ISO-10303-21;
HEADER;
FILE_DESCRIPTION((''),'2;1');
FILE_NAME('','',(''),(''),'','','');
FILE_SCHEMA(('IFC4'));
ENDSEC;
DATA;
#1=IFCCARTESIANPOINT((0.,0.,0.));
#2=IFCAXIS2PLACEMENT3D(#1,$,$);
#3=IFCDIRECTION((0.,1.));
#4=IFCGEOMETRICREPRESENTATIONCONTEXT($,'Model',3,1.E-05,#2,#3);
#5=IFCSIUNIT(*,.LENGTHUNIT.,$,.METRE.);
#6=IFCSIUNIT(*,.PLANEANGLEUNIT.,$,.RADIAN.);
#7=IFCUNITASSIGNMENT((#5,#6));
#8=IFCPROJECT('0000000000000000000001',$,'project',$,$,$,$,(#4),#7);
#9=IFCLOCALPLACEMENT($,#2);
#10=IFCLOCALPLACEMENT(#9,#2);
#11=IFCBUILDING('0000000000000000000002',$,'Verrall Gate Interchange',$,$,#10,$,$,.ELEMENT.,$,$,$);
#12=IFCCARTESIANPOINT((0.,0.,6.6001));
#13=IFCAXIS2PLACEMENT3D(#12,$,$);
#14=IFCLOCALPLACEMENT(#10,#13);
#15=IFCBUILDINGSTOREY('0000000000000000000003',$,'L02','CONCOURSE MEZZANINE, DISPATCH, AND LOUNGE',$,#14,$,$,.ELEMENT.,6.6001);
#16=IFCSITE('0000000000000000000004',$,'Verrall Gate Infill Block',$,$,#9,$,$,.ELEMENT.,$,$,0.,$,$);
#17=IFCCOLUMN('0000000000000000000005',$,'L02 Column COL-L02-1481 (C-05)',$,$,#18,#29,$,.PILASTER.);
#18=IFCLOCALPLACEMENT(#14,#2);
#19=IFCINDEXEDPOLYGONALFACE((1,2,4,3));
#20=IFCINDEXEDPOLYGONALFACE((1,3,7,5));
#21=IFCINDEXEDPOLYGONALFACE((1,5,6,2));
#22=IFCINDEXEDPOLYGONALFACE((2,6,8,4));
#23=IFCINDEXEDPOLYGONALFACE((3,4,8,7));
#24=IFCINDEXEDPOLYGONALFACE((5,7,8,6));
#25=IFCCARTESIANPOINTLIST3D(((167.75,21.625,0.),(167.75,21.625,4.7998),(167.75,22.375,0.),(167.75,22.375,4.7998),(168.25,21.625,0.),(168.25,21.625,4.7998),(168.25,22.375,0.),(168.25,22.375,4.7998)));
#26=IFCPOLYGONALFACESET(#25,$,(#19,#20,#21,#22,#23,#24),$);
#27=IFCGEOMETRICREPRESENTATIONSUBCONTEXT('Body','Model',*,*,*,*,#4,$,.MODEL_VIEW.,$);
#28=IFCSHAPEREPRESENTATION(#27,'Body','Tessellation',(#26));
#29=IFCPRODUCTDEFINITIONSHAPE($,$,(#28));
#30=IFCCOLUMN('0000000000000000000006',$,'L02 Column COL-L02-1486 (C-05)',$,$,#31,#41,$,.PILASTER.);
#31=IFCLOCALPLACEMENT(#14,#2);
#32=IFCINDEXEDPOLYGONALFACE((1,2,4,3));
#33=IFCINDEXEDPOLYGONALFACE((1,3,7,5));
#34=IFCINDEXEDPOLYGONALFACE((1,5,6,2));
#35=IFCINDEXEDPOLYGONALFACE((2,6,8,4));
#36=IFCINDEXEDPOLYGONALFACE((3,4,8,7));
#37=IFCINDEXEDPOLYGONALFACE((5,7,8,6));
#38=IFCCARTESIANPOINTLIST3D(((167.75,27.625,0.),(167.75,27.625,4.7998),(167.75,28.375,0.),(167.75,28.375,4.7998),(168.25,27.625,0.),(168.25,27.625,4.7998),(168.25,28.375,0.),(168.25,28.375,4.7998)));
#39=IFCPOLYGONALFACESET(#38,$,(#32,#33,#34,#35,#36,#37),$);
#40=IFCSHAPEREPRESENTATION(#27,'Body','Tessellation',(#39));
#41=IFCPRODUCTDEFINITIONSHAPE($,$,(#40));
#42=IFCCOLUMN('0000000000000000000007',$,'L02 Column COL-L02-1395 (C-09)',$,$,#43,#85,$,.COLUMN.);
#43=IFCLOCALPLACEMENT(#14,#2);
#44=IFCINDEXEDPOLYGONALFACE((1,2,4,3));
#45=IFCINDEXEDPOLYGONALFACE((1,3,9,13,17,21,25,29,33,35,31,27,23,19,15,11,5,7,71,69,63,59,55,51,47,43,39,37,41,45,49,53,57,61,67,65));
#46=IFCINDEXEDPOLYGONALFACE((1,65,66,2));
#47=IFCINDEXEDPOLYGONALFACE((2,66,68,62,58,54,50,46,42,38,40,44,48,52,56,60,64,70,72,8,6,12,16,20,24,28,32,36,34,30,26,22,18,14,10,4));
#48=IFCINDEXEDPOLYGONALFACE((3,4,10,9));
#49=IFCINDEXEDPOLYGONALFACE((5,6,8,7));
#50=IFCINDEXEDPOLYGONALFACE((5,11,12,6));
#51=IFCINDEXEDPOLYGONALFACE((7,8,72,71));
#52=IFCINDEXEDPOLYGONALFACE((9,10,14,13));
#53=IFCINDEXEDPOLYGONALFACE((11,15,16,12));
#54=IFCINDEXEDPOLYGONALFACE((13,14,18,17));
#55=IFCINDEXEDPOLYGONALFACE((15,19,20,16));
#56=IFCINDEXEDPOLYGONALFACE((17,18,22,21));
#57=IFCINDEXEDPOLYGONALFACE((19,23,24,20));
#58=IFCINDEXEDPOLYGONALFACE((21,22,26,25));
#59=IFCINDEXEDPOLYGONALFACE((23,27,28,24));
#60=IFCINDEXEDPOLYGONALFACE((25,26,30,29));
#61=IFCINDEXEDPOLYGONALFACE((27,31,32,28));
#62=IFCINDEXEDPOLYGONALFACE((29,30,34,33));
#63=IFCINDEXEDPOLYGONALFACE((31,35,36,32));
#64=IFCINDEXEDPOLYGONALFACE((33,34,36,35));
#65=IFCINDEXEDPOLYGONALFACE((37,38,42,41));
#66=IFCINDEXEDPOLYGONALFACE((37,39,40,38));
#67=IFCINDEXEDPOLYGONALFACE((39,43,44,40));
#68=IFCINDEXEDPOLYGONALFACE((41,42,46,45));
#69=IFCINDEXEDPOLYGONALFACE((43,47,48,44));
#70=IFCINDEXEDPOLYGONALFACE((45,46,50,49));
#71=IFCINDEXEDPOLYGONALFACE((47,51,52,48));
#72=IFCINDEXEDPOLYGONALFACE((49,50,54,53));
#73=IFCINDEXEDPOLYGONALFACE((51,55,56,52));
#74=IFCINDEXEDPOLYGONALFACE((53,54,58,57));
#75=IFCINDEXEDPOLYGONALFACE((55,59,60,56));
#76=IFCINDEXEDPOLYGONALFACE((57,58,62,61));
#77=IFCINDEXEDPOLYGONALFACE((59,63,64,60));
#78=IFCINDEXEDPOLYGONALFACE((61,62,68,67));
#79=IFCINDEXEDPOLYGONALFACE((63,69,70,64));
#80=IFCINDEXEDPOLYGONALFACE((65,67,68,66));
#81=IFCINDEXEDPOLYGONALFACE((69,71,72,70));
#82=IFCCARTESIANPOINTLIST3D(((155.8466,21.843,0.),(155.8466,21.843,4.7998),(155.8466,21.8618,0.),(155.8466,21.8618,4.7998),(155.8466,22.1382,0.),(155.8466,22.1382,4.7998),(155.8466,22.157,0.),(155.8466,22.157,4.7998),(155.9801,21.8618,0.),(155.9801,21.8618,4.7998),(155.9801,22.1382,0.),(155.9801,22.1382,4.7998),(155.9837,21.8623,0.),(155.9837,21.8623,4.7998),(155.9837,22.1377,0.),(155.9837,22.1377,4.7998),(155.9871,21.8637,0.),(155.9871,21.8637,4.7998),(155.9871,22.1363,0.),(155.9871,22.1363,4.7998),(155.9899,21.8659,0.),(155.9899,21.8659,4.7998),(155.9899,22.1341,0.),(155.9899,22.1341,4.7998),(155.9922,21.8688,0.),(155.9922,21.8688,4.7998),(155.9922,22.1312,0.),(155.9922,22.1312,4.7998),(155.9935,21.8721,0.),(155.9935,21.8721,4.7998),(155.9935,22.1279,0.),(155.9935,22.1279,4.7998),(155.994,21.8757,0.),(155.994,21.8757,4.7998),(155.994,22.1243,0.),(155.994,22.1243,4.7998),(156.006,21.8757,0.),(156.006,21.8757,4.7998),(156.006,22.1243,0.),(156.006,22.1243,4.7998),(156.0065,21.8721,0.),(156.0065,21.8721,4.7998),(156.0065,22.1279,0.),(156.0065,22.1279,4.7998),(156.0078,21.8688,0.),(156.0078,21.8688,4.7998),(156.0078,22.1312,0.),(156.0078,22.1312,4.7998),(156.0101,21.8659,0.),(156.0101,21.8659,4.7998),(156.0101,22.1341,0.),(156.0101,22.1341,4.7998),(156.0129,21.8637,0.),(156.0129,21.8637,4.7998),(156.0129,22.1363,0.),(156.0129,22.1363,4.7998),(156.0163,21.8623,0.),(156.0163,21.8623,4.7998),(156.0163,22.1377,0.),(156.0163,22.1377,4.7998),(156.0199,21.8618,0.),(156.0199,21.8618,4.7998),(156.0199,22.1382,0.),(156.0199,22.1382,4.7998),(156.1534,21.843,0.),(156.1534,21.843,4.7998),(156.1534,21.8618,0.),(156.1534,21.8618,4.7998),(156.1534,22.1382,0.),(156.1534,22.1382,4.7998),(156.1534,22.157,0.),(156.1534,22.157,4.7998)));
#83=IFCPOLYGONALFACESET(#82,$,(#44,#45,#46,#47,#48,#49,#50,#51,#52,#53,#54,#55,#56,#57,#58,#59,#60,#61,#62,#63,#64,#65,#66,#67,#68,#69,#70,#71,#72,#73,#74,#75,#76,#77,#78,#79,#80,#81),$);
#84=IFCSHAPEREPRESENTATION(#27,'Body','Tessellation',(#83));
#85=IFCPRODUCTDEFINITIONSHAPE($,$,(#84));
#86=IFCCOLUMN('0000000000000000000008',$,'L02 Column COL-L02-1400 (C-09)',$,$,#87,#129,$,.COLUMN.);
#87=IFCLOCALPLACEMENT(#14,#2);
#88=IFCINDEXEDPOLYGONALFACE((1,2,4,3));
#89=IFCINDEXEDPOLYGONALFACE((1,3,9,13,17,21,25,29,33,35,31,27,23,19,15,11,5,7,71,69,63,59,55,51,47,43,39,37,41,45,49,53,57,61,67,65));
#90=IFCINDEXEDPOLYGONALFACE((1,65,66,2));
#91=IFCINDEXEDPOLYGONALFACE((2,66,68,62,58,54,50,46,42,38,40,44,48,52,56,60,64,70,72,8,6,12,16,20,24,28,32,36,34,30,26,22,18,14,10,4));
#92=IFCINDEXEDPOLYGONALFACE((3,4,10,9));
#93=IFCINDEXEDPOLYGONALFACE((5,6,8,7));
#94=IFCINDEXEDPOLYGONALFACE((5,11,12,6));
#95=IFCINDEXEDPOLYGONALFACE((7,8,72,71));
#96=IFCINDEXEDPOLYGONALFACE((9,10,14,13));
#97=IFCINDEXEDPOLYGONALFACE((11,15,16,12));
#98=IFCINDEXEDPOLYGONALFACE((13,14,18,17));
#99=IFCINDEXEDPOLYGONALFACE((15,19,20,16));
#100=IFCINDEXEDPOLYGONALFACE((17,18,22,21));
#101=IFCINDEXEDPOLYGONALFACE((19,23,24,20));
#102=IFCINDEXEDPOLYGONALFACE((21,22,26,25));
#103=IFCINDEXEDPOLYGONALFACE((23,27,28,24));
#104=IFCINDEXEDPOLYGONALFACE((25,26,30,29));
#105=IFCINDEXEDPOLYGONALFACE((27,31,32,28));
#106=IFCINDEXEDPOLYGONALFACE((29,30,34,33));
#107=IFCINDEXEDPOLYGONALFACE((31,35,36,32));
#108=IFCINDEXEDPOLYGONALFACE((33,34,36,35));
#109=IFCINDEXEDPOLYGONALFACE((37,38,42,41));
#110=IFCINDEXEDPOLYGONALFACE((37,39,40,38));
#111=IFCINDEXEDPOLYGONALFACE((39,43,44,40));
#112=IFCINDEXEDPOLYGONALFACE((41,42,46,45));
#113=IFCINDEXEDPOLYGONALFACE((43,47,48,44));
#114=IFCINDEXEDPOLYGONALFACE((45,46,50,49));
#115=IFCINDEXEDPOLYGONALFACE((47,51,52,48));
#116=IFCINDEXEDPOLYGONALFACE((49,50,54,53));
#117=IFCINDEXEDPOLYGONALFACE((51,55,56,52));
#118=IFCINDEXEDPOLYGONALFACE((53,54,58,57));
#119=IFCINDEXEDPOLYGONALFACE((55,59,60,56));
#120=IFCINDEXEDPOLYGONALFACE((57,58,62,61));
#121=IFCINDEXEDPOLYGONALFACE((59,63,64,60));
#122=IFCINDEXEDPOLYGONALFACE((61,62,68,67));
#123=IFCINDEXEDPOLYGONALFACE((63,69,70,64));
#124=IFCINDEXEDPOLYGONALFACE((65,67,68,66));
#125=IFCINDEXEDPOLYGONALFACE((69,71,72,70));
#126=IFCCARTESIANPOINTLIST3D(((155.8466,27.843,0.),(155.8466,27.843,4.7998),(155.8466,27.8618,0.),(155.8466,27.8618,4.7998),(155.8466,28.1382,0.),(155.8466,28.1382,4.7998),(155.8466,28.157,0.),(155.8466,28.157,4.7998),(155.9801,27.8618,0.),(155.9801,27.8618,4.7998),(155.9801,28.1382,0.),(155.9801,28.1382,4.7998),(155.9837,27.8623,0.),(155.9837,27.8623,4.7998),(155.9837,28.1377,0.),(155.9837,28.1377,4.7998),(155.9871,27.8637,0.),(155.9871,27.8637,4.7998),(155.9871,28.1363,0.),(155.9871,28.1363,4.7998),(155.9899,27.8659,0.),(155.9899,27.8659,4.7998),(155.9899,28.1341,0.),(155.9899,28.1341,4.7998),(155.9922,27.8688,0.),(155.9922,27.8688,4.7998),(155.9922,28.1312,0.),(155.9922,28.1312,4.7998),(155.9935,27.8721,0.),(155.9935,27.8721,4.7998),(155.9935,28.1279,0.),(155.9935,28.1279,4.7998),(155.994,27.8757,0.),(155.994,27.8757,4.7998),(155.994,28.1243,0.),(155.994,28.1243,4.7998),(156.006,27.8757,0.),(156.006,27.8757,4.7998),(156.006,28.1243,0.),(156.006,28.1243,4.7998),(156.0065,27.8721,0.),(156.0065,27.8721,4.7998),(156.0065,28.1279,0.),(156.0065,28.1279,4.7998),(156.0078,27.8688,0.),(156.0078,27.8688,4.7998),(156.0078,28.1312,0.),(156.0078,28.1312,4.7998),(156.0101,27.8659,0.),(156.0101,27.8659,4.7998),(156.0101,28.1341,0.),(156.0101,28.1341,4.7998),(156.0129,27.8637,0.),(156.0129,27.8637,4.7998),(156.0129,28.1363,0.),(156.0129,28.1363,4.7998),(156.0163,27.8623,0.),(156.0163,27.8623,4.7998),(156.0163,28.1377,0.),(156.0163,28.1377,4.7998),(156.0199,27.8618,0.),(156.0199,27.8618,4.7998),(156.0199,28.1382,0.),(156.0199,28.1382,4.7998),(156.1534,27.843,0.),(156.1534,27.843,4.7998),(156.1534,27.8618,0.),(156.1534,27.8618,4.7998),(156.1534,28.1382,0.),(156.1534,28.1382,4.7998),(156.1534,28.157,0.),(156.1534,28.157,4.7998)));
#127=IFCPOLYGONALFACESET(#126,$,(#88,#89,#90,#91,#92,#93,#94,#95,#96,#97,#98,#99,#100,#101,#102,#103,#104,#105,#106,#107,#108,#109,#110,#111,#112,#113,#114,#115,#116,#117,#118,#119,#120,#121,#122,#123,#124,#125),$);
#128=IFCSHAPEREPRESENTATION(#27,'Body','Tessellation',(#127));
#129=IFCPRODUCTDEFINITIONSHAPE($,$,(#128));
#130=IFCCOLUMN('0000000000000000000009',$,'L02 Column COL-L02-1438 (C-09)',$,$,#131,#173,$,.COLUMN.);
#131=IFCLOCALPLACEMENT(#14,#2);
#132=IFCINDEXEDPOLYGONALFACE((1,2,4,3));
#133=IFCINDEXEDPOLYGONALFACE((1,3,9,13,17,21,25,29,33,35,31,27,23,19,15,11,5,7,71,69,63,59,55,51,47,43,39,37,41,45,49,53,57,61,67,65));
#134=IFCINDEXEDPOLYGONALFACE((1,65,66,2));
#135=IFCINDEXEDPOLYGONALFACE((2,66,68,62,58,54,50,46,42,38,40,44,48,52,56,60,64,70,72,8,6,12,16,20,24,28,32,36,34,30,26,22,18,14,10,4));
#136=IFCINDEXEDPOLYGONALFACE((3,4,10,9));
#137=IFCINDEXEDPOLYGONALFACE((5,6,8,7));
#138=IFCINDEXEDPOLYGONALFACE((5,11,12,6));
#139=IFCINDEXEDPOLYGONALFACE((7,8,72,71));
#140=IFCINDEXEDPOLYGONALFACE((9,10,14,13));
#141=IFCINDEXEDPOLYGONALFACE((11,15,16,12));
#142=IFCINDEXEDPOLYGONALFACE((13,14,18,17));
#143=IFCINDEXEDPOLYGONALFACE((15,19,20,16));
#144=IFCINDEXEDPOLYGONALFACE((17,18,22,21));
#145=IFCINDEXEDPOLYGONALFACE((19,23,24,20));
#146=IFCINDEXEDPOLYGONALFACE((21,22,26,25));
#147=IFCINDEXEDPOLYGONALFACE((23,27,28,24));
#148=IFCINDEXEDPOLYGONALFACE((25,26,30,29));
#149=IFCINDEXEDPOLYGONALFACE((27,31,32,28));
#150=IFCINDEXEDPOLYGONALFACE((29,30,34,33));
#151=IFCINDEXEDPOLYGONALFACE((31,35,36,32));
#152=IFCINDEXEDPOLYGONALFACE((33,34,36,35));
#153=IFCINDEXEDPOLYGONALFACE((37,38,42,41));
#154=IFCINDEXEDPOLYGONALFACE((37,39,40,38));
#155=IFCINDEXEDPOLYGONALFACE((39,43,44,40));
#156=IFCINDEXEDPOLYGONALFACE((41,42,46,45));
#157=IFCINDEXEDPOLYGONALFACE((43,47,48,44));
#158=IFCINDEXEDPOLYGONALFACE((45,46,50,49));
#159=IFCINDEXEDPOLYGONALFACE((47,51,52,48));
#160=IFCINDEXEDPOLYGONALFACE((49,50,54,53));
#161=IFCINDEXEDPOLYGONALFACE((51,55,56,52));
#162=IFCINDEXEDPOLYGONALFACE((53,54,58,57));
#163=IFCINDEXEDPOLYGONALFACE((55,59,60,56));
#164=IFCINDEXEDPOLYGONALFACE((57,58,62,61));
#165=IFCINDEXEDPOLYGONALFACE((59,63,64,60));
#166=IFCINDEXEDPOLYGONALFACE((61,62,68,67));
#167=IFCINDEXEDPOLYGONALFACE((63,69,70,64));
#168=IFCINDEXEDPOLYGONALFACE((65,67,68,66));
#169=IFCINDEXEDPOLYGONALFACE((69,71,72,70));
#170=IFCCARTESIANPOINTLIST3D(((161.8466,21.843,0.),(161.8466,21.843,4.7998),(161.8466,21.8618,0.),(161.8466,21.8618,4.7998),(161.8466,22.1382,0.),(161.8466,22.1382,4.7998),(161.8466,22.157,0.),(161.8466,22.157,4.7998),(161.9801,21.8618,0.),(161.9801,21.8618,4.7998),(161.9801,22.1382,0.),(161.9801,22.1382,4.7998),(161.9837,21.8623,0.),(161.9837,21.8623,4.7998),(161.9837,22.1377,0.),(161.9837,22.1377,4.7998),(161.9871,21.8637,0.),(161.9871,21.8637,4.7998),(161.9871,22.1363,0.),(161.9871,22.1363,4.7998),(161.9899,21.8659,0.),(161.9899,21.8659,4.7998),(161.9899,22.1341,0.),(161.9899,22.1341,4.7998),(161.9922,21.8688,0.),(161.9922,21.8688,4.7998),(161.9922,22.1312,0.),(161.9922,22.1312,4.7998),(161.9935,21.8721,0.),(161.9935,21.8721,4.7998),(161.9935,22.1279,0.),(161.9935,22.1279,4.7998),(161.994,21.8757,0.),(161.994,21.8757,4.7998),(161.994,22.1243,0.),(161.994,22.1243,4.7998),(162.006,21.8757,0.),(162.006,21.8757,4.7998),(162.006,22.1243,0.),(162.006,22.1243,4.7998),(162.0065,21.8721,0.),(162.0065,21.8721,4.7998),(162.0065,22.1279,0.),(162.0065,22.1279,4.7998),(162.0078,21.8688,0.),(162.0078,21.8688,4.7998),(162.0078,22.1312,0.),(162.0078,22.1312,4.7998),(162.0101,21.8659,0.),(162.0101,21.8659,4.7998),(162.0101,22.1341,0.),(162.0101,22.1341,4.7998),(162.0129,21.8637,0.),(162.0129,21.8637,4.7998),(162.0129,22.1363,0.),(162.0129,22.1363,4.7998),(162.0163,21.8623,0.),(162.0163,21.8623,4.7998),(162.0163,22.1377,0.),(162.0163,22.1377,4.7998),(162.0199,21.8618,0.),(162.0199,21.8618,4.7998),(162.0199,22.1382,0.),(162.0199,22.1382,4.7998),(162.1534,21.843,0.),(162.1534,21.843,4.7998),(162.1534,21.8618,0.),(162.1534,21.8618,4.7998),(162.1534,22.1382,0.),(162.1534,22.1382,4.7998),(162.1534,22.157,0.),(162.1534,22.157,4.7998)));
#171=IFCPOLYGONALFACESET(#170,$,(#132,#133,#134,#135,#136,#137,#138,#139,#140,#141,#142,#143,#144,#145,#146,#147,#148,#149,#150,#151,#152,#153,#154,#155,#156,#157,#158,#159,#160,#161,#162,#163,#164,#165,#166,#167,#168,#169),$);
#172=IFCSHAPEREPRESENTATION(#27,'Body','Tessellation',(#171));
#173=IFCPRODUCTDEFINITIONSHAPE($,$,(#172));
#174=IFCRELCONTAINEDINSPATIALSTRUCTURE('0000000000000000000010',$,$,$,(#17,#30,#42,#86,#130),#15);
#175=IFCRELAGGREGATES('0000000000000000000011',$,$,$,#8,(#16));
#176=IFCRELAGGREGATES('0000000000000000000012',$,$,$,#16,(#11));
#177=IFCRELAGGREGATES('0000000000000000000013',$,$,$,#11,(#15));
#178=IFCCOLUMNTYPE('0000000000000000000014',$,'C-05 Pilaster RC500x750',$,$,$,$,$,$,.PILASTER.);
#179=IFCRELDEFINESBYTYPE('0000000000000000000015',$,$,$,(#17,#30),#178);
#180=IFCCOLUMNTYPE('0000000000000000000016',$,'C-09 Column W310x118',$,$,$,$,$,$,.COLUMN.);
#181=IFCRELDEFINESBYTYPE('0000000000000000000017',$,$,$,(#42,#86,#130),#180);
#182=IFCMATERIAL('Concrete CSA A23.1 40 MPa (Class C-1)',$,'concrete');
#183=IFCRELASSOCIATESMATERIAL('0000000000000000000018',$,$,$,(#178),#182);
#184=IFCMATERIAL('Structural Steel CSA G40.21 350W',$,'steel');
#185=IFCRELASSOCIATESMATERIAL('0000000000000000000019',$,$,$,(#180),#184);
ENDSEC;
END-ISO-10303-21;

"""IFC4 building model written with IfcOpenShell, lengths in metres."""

from ifc_helpers import new_model, si_unit, direction, frame, origin, origin_2d, place, context, subcontext, project, spatial, rectangle, i_section, extrude, material, material_profile, profile_set, type_object, element, save


model = new_model("IFC4")

# Units and contexts
model_context = context("Model", 3, precision=1e-05, world=origin(), true_north=direction((0.0, 1.0)))
body_context = subcontext(model_context, "Body", "Model", "MODEL_VIEW")
ifc_project = project(units=[si_unit("LENGTHUNIT", "METRE"), si_unit("PLANEANGLEUNIT", "RADIAN")], contexts=[model_context])

# Site, building, storey
site_placement = place(None, origin())
site = spatial("IfcSite", under=ifc_project, at=site_placement, Name="Verrall Gate Infill Block", CompositionType="ELEMENT", RefElevation=0.0)
building_placement = place(site_placement, origin())
building = spatial("IfcBuilding", under=site, at=building_placement, Name="Verrall Gate Interchange", CompositionType="ELEMENT")
storey_placement = place(building_placement, frame((0.0, 0.0, 6.6001)))
storey = spatial("IfcBuildingStorey", under=building, at=storey_placement, Name="L02", Description="CONCOURSE MEZZANINE, DISPATCH, AND LOUNGE", CompositionType="ELEMENT", Elevation=6.6001)

# Columns
ifc_material_1 = material(Name="Concrete CSA A23.1 40 MPa (Class C-1)", Category="concrete")
ifc_material_profile_1 = material_profile(ifc_material_1, rectangle(XDim=0.5, YDim=0.75, at=origin_2d()), Name="RC500x750")
ifc_profile_set_1 = profile_set([ifc_material_profile_1], Name="Concrete CSA A23.1 40 MPa (Class C-1)")
column_type_1 = type_object("IfcColumnType", Name="C-05 Pilaster RC500x750", PredefinedType="PILASTER", material=ifc_profile_set_1)
for number, where, z_axis, x_axis, name in (
    (1, (168.0, 22.0, 0.0), (0.0, 0.0, 1.0), (1.0, 0.0, 0.0), "L02 Column COL-L02-1481 (C-05)"),
    (2, (168.0, 28.0, 0.0), (0.0, 0.0, 1.0), (1.0, 0.0, 0.0), "L02 Column COL-L02-1486 (C-05)"),
):
    element("IfcColumn", number, at=place(storey_placement, frame(where, z_axis=z_axis, x_axis=x_axis)), inside=storey, type_object=column_type_1, Name=name, PredefinedType="PILASTER", context=body_context, shape_type="SweptSolid", body=[
        extrude(rectangle(XDim=0.5, YDim=0.75, at=origin_2d()), origin(), (0.0, 0.0, 1.0), 4.7998),
    ])
ifc_material_2 = material(Name="Structural Steel CSA G40.21 350W", Category="steel")
ifc_material_profile_2 = material_profile(ifc_material_2, i_section(OverallWidth=0.3069, OverallDepth=0.314, WebThickness=0.012, FlangeThickness=0.0188, FilletRadius=0.0139, at=origin_2d()), Name="W310x118")
ifc_profile_set_2 = profile_set([ifc_material_profile_2], Name="Structural Steel CSA G40.21 350W")
column_type_2 = type_object("IfcColumnType", Name="C-09 Column W310x118", PredefinedType="COLUMN", material=ifc_profile_set_2)
for number, where, z_axis, x_axis, name in (
    (3, (156.0, 22.0, 0.0), (0.0, 0.0, 1.0), (1.0, 0.0, 0.0), "L02 Column COL-L02-1395 (C-09)"),
    (4, (156.0, 28.0, 0.0), (0.0, 0.0, 1.0), (1.0, 0.0, 0.0), "L02 Column COL-L02-1400 (C-09)"),
    (5, (162.0, 22.0, 0.0), (0.0, 0.0, 1.0), (1.0, 0.0, 0.0), "L02 Column COL-L02-1438 (C-09)"),
):
    element("IfcColumn", number, at=place(storey_placement, frame(where, z_axis=z_axis, x_axis=x_axis)), inside=storey, type_object=column_type_2, Name=name, PredefinedType="COLUMN", context=body_context, shape_type="SweptSolid", body=[
        extrude(i_section(OverallWidth=0.3069, OverallDepth=0.314, WebThickness=0.012, FlangeThickness=0.0188, FilletRadius=0.0139, at=origin_2d()), origin(), (0.0, 0.0, 1.0), 4.7998),
    ])

save(model, "model.ifc")
